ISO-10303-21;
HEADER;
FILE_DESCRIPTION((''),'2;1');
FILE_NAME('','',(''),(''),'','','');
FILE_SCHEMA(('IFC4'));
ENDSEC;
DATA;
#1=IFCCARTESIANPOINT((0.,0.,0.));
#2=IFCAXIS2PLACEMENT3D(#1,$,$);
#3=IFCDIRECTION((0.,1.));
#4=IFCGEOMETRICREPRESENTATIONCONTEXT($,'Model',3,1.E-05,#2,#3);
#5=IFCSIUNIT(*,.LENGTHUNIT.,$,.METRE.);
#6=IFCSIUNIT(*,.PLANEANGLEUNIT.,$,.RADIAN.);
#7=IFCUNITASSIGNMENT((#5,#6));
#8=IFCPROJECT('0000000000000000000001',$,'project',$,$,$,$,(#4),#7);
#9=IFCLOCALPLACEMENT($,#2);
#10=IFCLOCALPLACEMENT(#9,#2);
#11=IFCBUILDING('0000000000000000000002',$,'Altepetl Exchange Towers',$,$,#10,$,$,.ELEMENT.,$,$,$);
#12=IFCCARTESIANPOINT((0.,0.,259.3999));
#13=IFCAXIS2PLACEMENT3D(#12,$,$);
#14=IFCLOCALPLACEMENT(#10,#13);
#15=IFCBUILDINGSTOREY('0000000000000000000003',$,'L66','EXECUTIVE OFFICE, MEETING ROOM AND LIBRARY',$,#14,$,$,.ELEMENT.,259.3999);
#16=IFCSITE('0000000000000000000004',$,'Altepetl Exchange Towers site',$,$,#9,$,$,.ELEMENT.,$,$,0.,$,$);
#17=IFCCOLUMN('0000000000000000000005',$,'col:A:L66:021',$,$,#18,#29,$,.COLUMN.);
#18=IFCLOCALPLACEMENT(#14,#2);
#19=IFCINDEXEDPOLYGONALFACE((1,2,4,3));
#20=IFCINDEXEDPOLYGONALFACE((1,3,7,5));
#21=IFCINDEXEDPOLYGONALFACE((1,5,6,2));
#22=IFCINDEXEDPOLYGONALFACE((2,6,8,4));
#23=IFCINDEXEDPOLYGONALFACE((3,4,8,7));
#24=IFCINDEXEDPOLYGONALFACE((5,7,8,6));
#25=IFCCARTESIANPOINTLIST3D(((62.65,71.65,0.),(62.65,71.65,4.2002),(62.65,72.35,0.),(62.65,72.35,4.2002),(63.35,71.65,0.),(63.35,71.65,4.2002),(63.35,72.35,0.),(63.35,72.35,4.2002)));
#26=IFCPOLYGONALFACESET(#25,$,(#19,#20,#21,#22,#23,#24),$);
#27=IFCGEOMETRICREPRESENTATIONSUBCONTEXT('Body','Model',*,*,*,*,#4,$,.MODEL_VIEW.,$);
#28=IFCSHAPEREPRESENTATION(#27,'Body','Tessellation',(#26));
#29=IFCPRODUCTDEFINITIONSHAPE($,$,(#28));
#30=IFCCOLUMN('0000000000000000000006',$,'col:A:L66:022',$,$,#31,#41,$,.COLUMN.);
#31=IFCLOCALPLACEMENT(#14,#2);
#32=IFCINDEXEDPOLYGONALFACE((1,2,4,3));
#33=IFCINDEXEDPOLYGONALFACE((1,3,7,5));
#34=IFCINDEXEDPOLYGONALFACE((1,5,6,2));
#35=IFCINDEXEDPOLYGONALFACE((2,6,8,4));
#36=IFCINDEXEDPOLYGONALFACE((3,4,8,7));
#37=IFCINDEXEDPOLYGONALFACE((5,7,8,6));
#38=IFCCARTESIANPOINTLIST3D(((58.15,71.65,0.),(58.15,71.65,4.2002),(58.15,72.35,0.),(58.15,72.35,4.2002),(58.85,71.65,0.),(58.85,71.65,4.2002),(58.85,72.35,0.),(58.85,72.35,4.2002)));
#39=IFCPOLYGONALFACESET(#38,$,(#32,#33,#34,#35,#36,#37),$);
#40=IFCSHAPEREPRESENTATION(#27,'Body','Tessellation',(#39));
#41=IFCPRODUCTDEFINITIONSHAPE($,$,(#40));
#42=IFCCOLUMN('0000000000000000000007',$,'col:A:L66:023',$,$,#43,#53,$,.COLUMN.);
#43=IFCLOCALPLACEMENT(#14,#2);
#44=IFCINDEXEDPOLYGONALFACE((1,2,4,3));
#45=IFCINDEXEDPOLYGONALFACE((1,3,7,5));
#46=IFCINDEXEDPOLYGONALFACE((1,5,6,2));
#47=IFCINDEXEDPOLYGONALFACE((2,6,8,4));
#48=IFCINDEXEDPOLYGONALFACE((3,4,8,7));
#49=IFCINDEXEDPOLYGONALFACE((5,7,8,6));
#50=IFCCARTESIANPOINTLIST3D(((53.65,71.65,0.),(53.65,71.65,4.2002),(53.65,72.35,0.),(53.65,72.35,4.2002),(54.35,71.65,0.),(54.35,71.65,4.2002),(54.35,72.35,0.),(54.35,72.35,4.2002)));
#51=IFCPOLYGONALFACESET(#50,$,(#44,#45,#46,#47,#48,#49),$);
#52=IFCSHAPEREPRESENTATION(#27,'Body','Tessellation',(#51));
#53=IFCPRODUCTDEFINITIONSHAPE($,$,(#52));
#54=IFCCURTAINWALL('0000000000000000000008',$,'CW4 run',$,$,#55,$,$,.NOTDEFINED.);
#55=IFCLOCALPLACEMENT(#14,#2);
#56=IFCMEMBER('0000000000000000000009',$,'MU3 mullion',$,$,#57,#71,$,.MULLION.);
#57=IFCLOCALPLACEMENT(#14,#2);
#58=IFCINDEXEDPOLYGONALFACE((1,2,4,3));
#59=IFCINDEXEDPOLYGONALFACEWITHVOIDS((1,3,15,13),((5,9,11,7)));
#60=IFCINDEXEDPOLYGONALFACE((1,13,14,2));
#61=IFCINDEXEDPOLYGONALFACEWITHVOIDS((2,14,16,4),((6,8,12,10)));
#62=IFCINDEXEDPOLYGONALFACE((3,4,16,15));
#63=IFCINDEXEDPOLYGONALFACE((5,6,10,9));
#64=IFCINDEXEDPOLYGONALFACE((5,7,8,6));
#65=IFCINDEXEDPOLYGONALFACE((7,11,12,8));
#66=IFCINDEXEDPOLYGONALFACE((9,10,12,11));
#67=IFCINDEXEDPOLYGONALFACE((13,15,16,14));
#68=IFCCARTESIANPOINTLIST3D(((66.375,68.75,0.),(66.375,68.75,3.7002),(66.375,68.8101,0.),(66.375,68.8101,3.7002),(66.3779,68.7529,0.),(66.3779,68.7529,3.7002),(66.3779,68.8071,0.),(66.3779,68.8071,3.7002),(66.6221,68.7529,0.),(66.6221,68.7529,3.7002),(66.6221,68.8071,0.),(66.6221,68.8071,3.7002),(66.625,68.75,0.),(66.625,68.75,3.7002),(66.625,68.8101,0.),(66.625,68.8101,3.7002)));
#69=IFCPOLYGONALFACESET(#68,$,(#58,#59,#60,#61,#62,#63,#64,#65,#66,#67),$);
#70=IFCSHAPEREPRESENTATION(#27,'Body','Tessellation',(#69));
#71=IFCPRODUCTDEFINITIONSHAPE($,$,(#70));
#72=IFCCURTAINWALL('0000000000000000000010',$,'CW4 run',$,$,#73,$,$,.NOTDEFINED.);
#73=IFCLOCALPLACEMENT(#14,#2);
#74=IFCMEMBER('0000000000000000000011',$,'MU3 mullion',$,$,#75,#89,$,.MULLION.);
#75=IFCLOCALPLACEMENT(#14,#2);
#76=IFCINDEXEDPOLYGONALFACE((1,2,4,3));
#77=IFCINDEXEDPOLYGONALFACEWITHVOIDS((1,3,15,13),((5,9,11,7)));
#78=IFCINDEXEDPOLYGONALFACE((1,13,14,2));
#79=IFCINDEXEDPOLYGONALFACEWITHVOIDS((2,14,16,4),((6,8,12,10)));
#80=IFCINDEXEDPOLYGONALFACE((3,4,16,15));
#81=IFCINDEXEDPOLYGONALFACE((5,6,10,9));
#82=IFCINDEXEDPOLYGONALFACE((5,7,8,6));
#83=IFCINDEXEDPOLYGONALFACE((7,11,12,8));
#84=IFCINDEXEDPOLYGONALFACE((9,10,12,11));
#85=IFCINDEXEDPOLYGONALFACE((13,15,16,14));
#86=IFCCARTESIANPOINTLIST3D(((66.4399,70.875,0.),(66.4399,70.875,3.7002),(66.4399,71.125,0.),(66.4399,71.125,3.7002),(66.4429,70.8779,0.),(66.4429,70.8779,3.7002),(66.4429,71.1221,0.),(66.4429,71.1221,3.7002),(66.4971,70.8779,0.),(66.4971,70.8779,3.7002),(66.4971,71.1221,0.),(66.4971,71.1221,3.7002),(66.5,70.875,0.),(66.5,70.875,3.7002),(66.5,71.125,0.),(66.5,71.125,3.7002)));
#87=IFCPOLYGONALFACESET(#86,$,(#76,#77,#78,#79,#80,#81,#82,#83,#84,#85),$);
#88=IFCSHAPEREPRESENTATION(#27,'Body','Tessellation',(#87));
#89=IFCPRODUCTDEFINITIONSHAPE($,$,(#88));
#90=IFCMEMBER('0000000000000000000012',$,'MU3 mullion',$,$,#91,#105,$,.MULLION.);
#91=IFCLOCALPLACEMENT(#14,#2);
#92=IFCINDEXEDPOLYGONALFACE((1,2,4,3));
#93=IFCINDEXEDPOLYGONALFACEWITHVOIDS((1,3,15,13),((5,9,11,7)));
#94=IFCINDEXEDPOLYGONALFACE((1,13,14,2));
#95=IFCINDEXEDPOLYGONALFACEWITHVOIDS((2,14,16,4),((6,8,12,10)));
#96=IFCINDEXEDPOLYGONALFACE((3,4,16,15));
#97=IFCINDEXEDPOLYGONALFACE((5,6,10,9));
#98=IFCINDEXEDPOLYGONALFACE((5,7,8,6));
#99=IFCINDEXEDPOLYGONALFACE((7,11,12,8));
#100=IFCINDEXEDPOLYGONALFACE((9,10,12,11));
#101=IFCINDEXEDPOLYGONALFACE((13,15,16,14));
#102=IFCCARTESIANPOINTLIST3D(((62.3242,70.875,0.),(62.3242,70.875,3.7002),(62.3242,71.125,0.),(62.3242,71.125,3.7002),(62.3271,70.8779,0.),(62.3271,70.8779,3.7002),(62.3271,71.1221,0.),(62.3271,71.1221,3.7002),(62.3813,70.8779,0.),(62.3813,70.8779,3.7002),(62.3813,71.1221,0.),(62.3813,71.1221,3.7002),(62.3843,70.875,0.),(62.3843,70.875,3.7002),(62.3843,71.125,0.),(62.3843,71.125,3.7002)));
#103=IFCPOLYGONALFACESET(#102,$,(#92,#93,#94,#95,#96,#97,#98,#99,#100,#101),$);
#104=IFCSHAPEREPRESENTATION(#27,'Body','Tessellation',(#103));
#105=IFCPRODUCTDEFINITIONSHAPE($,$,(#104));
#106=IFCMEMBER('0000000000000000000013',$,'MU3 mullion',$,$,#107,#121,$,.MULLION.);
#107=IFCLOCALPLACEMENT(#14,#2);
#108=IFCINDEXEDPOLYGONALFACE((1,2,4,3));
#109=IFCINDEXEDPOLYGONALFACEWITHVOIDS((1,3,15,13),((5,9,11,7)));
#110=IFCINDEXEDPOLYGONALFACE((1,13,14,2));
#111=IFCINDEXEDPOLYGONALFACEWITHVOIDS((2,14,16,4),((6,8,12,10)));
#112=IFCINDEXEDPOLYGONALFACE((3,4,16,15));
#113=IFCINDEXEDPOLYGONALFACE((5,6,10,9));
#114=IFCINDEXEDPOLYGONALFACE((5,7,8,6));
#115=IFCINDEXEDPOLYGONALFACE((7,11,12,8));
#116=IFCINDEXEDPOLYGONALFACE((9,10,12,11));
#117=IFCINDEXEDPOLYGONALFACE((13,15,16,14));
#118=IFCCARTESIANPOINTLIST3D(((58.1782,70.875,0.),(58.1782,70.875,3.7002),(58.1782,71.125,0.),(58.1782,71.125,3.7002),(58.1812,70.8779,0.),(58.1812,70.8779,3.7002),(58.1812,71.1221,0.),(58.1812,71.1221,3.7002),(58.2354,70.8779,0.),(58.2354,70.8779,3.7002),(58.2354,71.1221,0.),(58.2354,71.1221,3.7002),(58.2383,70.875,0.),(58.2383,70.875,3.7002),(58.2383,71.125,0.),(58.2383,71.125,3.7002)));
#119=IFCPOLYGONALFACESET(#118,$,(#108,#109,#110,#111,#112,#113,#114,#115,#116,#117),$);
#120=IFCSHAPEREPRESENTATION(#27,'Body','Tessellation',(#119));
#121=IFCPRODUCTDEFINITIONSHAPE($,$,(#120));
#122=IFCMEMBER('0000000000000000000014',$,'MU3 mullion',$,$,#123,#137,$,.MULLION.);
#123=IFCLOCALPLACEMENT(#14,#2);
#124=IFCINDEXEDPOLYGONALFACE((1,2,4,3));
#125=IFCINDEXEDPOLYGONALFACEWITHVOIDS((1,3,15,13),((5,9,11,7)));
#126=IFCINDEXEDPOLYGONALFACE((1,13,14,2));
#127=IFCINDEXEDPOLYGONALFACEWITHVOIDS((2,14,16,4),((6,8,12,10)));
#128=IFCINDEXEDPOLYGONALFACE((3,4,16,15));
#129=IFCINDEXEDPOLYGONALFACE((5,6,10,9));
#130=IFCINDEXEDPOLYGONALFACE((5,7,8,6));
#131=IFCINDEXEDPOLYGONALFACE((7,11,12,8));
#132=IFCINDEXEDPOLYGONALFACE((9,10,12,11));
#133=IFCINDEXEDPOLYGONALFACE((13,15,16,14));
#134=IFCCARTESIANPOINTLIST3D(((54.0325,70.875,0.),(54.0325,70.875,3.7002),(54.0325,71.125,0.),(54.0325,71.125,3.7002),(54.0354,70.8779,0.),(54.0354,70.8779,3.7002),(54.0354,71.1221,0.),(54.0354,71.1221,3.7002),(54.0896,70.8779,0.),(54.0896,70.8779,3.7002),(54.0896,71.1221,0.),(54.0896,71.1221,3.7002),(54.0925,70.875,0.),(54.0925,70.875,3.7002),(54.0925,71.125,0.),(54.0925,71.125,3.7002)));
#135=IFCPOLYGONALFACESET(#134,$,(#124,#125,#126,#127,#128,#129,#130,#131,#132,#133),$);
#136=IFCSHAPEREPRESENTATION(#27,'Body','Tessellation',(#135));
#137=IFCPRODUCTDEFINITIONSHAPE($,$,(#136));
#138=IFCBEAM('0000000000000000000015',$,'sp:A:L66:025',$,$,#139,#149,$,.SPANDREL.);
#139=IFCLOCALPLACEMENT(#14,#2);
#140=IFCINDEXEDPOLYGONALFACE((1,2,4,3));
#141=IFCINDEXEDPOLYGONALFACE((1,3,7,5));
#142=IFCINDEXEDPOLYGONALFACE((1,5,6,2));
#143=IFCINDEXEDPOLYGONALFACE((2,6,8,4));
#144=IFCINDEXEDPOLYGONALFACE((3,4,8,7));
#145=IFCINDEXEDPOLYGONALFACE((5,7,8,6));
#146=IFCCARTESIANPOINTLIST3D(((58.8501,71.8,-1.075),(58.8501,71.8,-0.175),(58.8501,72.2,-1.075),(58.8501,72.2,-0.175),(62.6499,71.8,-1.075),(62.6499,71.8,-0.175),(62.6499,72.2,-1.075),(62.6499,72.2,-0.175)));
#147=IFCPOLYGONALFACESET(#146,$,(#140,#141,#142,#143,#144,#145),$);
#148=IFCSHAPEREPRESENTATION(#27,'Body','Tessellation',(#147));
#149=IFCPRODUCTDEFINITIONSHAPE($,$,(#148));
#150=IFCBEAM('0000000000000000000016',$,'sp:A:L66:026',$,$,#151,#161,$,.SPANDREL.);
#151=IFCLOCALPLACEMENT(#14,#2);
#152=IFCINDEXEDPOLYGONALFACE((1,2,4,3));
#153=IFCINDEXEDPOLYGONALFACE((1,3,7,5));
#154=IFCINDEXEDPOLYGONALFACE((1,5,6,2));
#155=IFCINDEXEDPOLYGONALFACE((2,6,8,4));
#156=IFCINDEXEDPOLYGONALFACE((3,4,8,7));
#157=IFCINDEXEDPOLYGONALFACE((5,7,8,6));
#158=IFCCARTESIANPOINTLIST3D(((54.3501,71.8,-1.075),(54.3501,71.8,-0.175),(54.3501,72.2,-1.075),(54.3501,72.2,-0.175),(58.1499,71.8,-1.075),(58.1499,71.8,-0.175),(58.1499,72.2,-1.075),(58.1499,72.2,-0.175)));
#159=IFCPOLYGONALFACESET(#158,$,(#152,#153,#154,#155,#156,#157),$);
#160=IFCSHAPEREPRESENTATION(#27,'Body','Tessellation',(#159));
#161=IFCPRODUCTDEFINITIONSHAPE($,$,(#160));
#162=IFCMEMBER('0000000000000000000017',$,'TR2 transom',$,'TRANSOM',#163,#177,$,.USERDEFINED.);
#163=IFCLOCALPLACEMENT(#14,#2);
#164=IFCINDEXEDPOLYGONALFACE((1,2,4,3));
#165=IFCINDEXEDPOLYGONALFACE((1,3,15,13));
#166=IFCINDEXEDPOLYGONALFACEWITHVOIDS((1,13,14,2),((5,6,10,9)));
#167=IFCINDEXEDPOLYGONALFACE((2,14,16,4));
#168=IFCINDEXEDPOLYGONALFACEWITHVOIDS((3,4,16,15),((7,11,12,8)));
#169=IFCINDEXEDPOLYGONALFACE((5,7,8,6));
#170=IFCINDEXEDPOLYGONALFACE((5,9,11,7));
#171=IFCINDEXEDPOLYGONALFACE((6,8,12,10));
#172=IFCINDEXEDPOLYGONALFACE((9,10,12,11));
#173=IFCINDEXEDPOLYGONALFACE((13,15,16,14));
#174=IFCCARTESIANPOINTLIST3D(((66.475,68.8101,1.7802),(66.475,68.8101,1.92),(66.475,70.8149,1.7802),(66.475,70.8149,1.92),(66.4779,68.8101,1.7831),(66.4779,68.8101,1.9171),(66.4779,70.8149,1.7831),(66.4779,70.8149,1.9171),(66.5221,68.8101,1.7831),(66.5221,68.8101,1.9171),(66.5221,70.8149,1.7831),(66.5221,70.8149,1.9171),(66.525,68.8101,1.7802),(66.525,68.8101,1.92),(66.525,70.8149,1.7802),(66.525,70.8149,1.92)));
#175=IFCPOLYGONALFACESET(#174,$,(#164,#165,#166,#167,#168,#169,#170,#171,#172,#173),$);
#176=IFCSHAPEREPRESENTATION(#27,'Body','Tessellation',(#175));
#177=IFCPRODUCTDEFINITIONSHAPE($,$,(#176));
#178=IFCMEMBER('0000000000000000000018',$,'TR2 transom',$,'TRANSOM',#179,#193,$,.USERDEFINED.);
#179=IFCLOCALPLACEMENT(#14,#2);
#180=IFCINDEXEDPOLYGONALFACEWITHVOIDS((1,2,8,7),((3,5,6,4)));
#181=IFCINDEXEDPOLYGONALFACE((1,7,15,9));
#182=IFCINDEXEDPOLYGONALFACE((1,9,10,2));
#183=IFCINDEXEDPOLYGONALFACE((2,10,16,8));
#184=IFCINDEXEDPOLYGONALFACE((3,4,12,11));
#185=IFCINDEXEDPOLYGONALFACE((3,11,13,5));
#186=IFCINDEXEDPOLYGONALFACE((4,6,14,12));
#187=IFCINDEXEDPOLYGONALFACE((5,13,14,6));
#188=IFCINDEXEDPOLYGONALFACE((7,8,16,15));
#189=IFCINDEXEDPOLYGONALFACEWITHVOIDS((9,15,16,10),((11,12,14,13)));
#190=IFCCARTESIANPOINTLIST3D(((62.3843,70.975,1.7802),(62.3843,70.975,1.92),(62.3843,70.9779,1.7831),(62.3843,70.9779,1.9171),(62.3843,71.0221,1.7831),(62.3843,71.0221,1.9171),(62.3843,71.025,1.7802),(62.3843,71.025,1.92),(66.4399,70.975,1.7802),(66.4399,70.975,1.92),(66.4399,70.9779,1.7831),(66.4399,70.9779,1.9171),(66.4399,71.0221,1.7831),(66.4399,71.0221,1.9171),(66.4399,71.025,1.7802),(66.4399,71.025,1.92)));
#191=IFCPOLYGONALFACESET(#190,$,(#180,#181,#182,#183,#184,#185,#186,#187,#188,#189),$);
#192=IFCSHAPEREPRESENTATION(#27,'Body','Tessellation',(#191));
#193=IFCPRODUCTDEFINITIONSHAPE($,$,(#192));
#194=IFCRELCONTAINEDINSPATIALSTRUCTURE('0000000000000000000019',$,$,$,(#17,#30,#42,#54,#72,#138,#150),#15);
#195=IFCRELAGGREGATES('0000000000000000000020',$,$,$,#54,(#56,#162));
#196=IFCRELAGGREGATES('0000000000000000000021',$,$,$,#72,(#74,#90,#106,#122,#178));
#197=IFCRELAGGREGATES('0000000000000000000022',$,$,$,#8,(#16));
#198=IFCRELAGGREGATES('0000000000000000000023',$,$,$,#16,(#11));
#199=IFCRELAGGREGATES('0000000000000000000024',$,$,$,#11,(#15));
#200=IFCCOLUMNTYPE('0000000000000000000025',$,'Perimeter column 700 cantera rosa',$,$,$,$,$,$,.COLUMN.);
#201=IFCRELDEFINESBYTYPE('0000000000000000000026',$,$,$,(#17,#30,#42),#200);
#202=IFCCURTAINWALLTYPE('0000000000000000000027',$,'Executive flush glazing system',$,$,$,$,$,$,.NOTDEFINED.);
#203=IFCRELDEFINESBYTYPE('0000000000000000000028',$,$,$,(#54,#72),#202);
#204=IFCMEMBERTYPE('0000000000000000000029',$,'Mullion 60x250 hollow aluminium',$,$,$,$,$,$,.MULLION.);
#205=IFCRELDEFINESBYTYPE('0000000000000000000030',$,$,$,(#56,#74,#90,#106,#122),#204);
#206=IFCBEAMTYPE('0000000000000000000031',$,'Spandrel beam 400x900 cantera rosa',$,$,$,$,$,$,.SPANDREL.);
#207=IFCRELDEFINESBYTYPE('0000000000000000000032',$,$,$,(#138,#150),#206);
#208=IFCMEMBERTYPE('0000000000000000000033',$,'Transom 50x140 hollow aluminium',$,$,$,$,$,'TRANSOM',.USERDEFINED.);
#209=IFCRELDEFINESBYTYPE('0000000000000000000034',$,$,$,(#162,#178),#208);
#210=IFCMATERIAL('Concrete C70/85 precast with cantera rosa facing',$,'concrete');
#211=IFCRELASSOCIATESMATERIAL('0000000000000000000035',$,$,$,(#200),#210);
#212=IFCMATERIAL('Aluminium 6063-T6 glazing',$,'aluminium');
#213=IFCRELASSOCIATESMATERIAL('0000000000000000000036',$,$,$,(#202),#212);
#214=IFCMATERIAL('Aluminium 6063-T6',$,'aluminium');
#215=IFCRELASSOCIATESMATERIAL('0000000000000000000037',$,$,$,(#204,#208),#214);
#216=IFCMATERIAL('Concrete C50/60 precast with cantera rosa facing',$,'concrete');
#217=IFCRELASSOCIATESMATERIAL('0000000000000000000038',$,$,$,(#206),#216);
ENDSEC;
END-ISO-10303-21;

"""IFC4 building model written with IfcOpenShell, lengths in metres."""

from ifc_helpers import new_model, si_unit, direction, frame, origin, origin_2d, place, context, subcontext, project, spatial, rectangle, hollow_rectangle, extrude, material, material_profile, profile_set, type_object, element, aggregate, save


model = new_model("IFC4")

# Units and contexts
model_context = context("Model", 3, precision=1e-05, world=origin(), true_north=direction((0.0, 1.0)))
body_context = subcontext(model_context, "Body", "Model", "MODEL_VIEW")
ifc_project = project(units=[si_unit("LENGTHUNIT", "METRE"), si_unit("PLANEANGLEUNIT", "RADIAN")], contexts=[model_context])

# Site, building, storey
site_placement = place(None, origin())
site = spatial("IfcSite", under=ifc_project, at=site_placement, Name="Altepetl Exchange Towers site", CompositionType="ELEMENT", RefElevation=0.0)
building_placement = place(site_placement, origin())
building = spatial("IfcBuilding", under=site, at=building_placement, Name="Altepetl Exchange Towers", CompositionType="ELEMENT")
storey_placement = place(building_placement, frame((0.0, 0.0, 259.3999)))
storey = spatial("IfcBuildingStorey", under=building, at=storey_placement, Name="L66", Description="EXECUTIVE OFFICE, MEETING ROOM AND LIBRARY", CompositionType="ELEMENT", Elevation=259.3999)

# Columns
ifc_material_1 = material(Name="Concrete C70/85 precast with cantera rosa facing", Category="concrete")
ifc_material_profile_1 = material_profile(ifc_material_1, rectangle(XDim=0.7, YDim=0.7, at=origin_2d()), Name="700 x 700")
ifc_profile_set_1 = profile_set([ifc_material_profile_1], Name="Concrete C70/85 precast with cantera rosa facing")
column_type = type_object("IfcColumnType", Name="Perimeter column 700 cantera rosa", PredefinedType="COLUMN", material=ifc_profile_set_1)
for number, where, name in (
    (1, (63.0, 72.0, 0.0), "col:A:L66:021"),
    (2, (58.5, 72.0, 0.0), "col:A:L66:022"),
    (3, (54.0, 72.0, 0.0), "col:A:L66:023"),
):
    element("IfcColumn", number, at=place(storey_placement, frame(where)), inside=storey, type_object=column_type, Name=name, PredefinedType="COLUMN", context=body_context, shape_type="SweptSolid", body=[
        extrude(rectangle(XDim=0.7, YDim=0.7, at=origin_2d()), origin(), (0.0, 0.0, 1.0), 4.2002),
    ])

# Curtain wall, member
ifc_material_2 = material(Name="Aluminium 6063-T6 glazing", Category="aluminium")
curtain_wall_type = type_object("IfcCurtainWallType", Name="Executive flush glazing system", PredefinedType="NOTDEFINED", material=ifc_material_2)
curtain_wall_1_placement = place(storey_placement, origin())
curtain_wall_1 = element("IfcCurtainWall", 4, at=curtain_wall_1_placement, inside=storey, type_object=curtain_wall_type, Name="CW4 run", PredefinedType="NOTDEFINED")
ifc_material_3 = material(Name="Aluminium 6063-T6", Category="aluminium")
ifc_material_profile_2 = material_profile(ifc_material_3, hollow_rectangle(XDim=0.0601, YDim=0.25, WallThickness=0.0029, at=origin_2d()), Name="Mullion 60x250 hollow aluminium")
ifc_profile_set_2 = profile_set([ifc_material_profile_2], Name="Aluminium 6063-T6")
member_type_1 = type_object("IfcMemberType", Name="Mullion 60x250 hollow aluminium", PredefinedType="MULLION", material=ifc_profile_set_2)
member_1_placement = place(storey_placement, frame((66.5, 68.78, 0.0), z_axis=(0.0, 0.0, 1.0), x_axis=(0.0, 1.0, 0.0)))
member_1 = element("IfcMember", 5, at=member_1_placement, type_object=member_type_1, Name="MU3 mullion", PredefinedType="MULLION", context=body_context, shape_type="SweptSolid", body=[
    extrude(hollow_rectangle(XDim=0.0601, YDim=0.25, WallThickness=0.0029, at=origin_2d()), origin(), (0.0, 0.0, 1.0), 3.7002),
])

# Curtain wall, members
curtain_wall_2_placement = place(storey_placement, origin())
curtain_wall_2 = element("IfcCurtainWall", 6, at=curtain_wall_2_placement, inside=storey, type_object=curtain_wall_type, Name="CW4 run", PredefinedType="NOTDEFINED")
member_2_placement = place(storey_placement, frame((66.47, 71.0, 0.0), z_axis=(0.0, 0.0, 1.0), x_axis=(-1.0, 0.0, 0.0)))
member_2 = element("IfcMember", 7, at=member_2_placement, type_object=member_type_1, Name="MU3 mullion", PredefinedType="MULLION", context=body_context, shape_type="SweptSolid", body=[
    extrude(hollow_rectangle(XDim=0.0601, YDim=0.25, WallThickness=0.0029, at=origin_2d()), origin(), (0.0, 0.0, 1.0), 3.7002),
])
member_3_placement = place(storey_placement, frame((62.3542, 71.0, 0.0), z_axis=(0.0, 0.0, 1.0), x_axis=(-1.0, 0.0, 0.0)))
member_3 = element("IfcMember", 8, at=member_3_placement, type_object=member_type_1, Name="MU3 mullion", PredefinedType="MULLION", context=body_context, shape_type="SweptSolid", body=[
    extrude(hollow_rectangle(XDim=0.0601, YDim=0.25, WallThickness=0.0029, at=origin_2d()), origin(), (0.0, 0.0, 1.0), 3.7002),
])
member_4_placement = place(storey_placement, frame((58.2083, 71.0, 0.0), z_axis=(0.0, 0.0, 1.0), x_axis=(-1.0, 0.0, 0.0)))
member_4 = element("IfcMember", 9, at=member_4_placement, type_object=member_type_1, Name="MU3 mullion", PredefinedType="MULLION", context=body_context, shape_type="SweptSolid", body=[
    extrude(hollow_rectangle(XDim=0.0601, YDim=0.25, WallThickness=0.0029, at=origin_2d()), origin(), (0.0, 0.0, 1.0), 3.7002),
])
member_5_placement = place(storey_placement, frame((54.0625, 71.0, 0.0), z_axis=(0.0, 0.0, 1.0), x_axis=(-1.0, 0.0, 0.0)))
member_5 = element("IfcMember", 10, at=member_5_placement, type_object=member_type_1, Name="MU3 mullion", PredefinedType="MULLION", context=body_context, shape_type="SweptSolid", body=[
    extrude(hollow_rectangle(XDim=0.0601, YDim=0.25, WallThickness=0.0029, at=origin_2d()), origin(), (0.0, 0.0, 1.0), 3.7002),
])

# Beams
ifc_material_4 = material(Name="Concrete C50/60 precast with cantera rosa facing", Category="concrete")
ifc_material_profile_3 = material_profile(ifc_material_4, rectangle(XDim=0.3999, YDim=0.8999, at=origin_2d()), Name="400 x 900")
ifc_profile_set_3 = profile_set([ifc_material_profile_3], Name="Concrete C50/60 precast with cantera rosa facing")
beam_type = type_object("IfcBeamType", Name="Spandrel beam 400x900 cantera rosa", PredefinedType="SPANDREL", material=ifc_profile_set_3)
for number, where, z_axis, x_axis, name in (
    (11, (62.6499, 72.0, -0.625), (-1.0, 0.0, 0.0), (0.0, -1.0, 0.0), "sp:A:L66:025"),
    (12, (58.1499, 72.0, -0.625), (-1.0, 0.0, 0.0), (0.0, -1.0, 0.0), "sp:A:L66:026"),
):
    element("IfcBeam", number, at=place(storey_placement, frame(where, z_axis=z_axis, x_axis=x_axis)), inside=storey, type_object=beam_type, Name=name, PredefinedType="SPANDREL", context=body_context, shape_type="SweptSolid", body=[
        extrude(rectangle(XDim=0.3999, YDim=0.8999, at=origin_2d()), origin(), (0.0, 0.0, 1.0), 3.7998),
    ])

# Members
ifc_material_profile_4 = material_profile(ifc_material_3, hollow_rectangle(XDim=0.05, YDim=0.1399, WallThickness=0.0029, at=origin_2d()), Name="Transom 50x140 hollow aluminium")
ifc_profile_set_4 = profile_set([ifc_material_profile_4], Name="Aluminium 6063-T6")
member_type_2 = type_object("IfcMemberType", Name="Transom 50x140 hollow aluminium", ElementType="TRANSOM", PredefinedType="USERDEFINED", material=ifc_profile_set_4)
member_6_placement = place(storey_placement, frame((66.5, 68.8101, 1.8501), z_axis=(0.0, 1.0, 0.0), x_axis=(-1.0, 0.0, 0.0)))
member_6 = element("IfcMember", 13, at=member_6_placement, type_object=member_type_2, Name="TR2 transom", ObjectType="TRANSOM", PredefinedType="USERDEFINED", context=body_context, shape_type="SweptSolid", body=[
    extrude(hollow_rectangle(XDim=0.05, YDim=0.1399, WallThickness=0.0029, at=origin_2d()), origin(), (0.0, 0.0, 1.0), 2.0049),
])
member_7_placement = place(storey_placement, frame((66.4399, 71.0, 1.8501), z_axis=(-1.0, 0.0, 0.0), x_axis=(0.0, -1.0, 0.0)))
member_7 = element("IfcMember", 14, at=member_7_placement, type_object=member_type_2, Name="TR2 transom", ObjectType="TRANSOM", PredefinedType="USERDEFINED", context=body_context, shape_type="SweptSolid", body=[
    extrude(hollow_rectangle(XDim=0.05, YDim=0.1399, WallThickness=0.0029, at=origin_2d()), origin(), (0.0, 0.0, 1.0), 4.0557),
])

aggregate(curtain_wall_1, [member_1, member_6])
aggregate(curtain_wall_2, [member_2, member_3, member_4, member_5, member_7])

save(model, "model.ifc")
